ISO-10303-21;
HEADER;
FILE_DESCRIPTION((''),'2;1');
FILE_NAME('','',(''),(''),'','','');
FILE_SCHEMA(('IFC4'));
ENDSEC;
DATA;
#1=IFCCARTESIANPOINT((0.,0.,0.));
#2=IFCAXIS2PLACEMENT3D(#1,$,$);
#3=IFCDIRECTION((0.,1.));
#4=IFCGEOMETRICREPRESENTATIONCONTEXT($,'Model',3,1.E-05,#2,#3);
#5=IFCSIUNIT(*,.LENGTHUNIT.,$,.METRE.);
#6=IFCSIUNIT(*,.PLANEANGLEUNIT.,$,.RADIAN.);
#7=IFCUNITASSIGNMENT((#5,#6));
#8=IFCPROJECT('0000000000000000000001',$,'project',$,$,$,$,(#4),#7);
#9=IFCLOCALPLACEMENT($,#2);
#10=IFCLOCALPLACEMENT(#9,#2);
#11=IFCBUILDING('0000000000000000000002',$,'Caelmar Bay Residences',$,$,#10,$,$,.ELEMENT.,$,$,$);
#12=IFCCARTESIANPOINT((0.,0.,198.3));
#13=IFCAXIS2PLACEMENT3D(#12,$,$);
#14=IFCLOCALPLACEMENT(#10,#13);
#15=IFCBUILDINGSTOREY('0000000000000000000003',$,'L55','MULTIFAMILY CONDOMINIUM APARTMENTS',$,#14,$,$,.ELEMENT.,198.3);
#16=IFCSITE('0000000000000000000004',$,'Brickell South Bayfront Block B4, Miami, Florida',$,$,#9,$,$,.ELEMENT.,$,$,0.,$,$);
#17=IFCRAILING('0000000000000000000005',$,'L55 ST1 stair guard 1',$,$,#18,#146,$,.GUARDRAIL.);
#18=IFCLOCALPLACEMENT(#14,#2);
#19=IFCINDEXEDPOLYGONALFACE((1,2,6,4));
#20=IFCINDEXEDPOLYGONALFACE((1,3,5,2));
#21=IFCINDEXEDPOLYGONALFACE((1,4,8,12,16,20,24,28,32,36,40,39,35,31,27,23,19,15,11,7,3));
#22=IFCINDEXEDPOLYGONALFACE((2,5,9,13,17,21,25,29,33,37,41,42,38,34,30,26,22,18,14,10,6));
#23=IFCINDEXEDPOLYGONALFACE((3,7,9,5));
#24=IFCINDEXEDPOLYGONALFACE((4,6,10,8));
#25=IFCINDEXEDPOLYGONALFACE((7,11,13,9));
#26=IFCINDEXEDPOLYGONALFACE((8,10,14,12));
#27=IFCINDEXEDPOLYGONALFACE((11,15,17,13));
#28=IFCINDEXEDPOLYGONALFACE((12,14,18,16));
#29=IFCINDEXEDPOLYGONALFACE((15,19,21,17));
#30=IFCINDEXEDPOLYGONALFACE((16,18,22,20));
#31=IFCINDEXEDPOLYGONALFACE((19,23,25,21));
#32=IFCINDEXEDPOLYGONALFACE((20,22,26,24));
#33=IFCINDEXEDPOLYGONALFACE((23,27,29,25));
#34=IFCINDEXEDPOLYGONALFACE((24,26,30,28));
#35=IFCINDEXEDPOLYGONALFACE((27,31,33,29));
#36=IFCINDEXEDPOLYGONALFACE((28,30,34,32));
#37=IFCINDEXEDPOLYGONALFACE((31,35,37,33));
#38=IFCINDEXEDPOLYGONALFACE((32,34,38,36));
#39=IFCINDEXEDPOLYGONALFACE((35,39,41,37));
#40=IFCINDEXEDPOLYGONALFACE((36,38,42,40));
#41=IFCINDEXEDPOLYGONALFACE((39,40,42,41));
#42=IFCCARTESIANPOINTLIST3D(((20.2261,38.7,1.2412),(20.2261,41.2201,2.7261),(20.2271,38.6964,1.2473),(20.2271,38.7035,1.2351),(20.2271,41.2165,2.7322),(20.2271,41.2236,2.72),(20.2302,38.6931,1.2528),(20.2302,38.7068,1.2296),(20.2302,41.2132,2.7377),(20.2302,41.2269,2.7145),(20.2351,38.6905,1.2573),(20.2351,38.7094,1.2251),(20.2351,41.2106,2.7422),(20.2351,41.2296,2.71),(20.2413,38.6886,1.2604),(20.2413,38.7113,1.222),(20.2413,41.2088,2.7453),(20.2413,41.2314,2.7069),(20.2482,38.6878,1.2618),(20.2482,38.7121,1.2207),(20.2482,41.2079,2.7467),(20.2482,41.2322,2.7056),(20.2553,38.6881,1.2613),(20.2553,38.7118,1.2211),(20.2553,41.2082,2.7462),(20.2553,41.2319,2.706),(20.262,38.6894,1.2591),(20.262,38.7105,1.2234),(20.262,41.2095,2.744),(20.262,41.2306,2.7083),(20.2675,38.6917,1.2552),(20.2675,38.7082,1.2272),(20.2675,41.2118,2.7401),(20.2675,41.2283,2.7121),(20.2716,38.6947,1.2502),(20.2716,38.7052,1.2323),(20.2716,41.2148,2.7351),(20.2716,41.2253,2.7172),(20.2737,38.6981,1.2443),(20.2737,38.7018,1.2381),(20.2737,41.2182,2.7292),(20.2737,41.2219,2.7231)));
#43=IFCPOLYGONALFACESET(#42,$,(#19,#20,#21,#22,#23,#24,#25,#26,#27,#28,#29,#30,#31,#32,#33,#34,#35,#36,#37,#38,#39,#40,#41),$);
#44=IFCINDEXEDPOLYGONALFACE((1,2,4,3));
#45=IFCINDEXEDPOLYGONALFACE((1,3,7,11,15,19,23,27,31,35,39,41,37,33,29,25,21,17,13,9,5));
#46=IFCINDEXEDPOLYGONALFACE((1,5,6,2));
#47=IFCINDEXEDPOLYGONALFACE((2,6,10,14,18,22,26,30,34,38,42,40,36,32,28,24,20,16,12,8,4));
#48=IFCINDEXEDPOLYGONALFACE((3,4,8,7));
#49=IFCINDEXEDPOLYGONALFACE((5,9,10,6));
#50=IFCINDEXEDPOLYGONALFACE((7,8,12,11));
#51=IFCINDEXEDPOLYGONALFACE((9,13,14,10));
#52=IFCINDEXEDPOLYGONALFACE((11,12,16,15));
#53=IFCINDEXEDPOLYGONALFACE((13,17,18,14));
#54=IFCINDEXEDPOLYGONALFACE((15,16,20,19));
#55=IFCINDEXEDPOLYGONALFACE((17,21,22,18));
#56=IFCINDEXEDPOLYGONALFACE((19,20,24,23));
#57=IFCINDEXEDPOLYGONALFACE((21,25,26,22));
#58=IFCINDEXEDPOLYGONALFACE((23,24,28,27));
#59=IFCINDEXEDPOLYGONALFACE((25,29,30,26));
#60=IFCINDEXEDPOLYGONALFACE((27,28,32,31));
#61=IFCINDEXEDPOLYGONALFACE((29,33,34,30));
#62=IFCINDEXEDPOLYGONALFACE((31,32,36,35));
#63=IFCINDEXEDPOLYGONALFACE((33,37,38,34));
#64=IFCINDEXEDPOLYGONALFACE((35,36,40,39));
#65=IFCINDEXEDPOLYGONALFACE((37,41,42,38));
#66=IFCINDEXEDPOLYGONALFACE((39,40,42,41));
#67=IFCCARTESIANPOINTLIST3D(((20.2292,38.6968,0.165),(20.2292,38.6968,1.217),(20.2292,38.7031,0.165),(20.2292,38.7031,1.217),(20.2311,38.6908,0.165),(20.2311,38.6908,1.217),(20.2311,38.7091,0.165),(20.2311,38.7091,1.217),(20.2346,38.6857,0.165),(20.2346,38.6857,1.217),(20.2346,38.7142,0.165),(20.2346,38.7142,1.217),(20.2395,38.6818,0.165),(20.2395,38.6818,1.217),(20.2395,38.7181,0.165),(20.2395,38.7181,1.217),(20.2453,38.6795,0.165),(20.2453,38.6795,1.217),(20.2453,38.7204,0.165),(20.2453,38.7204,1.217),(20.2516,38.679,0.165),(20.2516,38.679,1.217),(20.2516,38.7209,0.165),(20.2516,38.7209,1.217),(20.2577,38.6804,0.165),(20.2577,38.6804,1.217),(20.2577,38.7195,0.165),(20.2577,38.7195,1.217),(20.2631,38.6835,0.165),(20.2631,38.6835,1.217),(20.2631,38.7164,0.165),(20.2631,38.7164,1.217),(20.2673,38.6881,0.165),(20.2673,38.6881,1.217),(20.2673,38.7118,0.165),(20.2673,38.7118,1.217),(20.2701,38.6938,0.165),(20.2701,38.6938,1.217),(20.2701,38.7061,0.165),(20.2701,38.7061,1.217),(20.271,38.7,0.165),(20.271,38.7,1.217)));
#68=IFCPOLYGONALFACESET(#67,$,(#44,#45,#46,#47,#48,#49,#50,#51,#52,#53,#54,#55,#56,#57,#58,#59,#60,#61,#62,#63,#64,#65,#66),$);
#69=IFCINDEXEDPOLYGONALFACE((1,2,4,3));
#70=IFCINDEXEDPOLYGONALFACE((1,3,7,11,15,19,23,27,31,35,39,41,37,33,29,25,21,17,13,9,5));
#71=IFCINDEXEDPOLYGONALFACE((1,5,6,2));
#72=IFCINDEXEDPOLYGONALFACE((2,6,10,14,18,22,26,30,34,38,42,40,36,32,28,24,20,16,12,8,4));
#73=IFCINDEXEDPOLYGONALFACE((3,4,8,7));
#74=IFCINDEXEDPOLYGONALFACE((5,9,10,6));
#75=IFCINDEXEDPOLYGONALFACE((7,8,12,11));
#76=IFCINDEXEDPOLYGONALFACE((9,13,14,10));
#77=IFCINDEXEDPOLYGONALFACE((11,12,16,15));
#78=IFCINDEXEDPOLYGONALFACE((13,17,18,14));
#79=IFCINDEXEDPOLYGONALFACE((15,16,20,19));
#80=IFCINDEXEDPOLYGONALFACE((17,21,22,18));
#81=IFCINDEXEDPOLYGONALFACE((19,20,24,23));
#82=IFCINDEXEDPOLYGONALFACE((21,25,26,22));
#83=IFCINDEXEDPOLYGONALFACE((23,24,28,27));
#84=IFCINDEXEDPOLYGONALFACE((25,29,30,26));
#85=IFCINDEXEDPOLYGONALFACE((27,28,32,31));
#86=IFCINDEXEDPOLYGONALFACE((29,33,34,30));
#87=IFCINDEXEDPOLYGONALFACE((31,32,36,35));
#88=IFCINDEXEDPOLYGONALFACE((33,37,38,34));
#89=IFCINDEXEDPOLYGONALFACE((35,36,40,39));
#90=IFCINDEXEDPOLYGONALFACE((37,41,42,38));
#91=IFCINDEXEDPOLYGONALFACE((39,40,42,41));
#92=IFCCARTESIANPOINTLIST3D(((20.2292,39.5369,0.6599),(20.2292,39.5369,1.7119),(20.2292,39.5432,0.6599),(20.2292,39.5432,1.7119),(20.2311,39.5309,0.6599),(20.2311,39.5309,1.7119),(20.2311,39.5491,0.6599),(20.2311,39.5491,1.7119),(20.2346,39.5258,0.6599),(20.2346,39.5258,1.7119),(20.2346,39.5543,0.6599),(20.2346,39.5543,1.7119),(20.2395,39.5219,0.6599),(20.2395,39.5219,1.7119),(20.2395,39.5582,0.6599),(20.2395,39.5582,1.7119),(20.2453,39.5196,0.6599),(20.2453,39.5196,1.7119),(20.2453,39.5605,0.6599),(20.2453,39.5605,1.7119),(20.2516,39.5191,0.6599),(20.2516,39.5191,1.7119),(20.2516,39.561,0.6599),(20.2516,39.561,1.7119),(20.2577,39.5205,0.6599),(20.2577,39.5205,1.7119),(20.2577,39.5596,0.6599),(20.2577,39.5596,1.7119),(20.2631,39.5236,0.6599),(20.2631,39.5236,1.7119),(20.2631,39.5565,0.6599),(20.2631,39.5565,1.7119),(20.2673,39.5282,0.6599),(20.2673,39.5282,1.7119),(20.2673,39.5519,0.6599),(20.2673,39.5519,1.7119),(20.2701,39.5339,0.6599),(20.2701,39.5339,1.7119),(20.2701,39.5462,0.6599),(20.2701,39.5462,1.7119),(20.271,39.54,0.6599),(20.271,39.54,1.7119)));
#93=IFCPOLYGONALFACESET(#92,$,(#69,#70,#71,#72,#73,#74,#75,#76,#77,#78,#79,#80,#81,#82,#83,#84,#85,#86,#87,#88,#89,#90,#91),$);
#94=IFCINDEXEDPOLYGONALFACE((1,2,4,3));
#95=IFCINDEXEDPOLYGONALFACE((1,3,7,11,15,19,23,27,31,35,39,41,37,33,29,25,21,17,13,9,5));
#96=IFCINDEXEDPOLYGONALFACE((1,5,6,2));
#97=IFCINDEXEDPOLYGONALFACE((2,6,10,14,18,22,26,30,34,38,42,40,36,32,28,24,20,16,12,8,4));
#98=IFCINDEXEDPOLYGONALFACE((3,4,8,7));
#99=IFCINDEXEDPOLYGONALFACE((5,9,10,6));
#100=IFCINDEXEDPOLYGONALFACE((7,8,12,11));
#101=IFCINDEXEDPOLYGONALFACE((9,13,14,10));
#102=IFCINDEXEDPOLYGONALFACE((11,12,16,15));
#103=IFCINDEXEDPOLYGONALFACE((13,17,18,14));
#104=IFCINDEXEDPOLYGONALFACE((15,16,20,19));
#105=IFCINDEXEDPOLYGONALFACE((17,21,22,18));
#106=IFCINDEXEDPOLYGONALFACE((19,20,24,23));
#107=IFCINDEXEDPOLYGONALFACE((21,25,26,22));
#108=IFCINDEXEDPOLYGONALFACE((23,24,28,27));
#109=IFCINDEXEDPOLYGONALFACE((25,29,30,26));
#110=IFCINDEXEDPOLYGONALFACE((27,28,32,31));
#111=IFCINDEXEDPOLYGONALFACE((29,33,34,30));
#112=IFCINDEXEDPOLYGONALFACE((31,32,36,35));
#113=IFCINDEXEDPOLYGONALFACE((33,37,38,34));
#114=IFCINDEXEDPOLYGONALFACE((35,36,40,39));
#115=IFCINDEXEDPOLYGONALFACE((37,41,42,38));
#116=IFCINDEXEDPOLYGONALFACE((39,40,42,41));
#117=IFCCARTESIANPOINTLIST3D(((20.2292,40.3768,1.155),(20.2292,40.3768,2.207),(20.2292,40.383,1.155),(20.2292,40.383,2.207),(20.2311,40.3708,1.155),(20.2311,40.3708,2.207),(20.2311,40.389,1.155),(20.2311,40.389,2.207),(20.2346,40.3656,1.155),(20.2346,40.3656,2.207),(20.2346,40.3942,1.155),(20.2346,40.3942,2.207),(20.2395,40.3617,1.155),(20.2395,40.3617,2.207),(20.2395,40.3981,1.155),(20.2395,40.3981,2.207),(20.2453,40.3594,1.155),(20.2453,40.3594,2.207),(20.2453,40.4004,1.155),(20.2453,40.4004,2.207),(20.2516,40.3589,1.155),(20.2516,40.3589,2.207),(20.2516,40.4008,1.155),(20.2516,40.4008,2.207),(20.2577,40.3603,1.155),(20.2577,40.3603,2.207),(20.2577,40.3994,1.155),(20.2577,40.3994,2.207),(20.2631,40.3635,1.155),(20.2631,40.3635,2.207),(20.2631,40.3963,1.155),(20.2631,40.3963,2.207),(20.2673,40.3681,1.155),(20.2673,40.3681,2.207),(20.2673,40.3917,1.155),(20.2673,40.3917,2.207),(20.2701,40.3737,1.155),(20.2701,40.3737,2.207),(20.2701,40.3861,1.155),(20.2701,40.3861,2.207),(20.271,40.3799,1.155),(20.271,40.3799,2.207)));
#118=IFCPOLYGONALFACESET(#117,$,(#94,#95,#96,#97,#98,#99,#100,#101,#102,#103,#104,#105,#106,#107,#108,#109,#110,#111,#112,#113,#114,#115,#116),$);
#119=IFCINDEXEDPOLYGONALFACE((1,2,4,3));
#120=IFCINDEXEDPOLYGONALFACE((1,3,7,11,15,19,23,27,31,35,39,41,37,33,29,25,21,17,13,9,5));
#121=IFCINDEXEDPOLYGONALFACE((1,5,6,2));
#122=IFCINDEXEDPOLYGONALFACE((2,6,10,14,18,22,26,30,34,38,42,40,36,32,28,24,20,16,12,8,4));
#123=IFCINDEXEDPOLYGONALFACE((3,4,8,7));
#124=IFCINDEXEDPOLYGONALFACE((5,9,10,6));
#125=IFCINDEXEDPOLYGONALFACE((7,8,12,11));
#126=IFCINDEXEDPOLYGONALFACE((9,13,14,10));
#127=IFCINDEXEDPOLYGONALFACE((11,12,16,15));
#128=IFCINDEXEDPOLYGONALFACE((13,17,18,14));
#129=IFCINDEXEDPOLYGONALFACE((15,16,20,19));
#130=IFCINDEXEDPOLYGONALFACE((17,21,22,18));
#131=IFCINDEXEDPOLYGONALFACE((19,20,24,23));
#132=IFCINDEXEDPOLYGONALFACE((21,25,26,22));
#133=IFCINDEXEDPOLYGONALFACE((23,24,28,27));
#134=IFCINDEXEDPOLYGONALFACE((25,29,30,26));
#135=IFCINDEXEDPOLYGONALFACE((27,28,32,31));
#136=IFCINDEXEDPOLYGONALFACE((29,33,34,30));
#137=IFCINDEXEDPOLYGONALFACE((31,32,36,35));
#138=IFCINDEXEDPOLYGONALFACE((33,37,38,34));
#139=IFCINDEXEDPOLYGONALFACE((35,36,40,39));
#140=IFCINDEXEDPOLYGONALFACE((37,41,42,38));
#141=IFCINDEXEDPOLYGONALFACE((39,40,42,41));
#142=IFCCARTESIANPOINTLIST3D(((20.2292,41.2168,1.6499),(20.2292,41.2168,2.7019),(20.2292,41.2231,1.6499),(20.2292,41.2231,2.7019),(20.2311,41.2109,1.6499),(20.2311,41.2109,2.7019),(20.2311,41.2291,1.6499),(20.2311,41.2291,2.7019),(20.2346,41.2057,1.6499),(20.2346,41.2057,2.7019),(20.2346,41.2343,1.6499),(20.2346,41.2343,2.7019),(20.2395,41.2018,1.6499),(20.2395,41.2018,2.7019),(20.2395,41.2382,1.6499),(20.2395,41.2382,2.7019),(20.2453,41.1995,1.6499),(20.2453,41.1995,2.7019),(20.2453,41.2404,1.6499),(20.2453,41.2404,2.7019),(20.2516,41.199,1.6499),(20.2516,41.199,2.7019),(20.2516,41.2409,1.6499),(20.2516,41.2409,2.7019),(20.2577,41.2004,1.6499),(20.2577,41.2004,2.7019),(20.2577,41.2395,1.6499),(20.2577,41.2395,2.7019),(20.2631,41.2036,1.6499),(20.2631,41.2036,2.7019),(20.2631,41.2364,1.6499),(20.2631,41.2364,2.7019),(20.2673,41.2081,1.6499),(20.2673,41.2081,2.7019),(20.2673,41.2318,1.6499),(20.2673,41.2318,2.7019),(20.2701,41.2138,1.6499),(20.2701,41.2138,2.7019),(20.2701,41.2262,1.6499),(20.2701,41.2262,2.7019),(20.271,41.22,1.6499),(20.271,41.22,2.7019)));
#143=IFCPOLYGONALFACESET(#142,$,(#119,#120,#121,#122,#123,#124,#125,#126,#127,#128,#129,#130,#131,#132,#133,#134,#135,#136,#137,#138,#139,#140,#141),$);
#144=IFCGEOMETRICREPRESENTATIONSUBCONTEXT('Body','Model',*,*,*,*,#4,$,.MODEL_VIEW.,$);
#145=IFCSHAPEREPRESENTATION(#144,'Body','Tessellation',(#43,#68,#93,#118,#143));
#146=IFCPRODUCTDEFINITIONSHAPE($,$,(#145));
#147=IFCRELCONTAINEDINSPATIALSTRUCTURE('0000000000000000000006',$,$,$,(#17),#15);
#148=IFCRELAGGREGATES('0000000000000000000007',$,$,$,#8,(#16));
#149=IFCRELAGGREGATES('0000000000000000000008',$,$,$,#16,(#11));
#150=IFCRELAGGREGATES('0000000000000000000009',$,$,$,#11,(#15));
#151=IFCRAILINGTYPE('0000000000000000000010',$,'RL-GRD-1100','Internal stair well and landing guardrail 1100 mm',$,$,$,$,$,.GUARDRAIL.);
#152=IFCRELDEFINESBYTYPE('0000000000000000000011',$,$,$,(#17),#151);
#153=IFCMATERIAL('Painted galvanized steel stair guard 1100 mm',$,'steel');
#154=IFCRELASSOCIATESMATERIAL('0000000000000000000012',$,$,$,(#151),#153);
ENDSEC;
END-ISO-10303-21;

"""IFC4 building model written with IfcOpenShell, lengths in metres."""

from ifc_helpers import new_model, si_unit, direction, frame, origin, origin_2d, place, context, subcontext, project, spatial, circle, extrude, material, type_object, element, save


model = new_model("IFC4")

# Units and contexts
model_context = context("Model", 3, precision=1e-05, world=origin(), true_north=direction((0.0, 1.0)))
body_context = subcontext(model_context, "Body", "Model", "MODEL_VIEW")
ifc_project = project(units=[si_unit("LENGTHUNIT", "METRE"), si_unit("PLANEANGLEUNIT", "RADIAN")], contexts=[model_context])

# Site, building, storey
site_placement = place(None, origin())
site = spatial("IfcSite", under=ifc_project, at=site_placement, Name="Brickell South Bayfront Block B4, Miami, Florida", CompositionType="ELEMENT", RefElevation=0.0)
building_placement = place(site_placement, origin())
building = spatial("IfcBuilding", under=site, at=building_placement, Name="Caelmar Bay Residences", CompositionType="ELEMENT")
storey_placement = place(building_placement, frame((0.0, 0.0, 198.3)))
storey = spatial("IfcBuildingStorey", under=building, at=storey_placement, Name="L55", Description="MULTIFAMILY CONDOMINIUM APARTMENTS", CompositionType="ELEMENT", Elevation=198.3)

# Railing
ifc_material_1 = material(Name="Painted galvanized steel stair guard 1100 mm", Category="steel")
railing_type_1 = type_object("IfcRailingType", Name="RL-GRD-1100", Description="Internal stair well and landing guardrail 1100 mm", PredefinedType="GUARDRAIL", material=ifc_material_1)
railing_1_placement = place(storey_placement, frame((20.25, 38.7, 0.165)))
element("IfcRailing", 1, at=railing_1_placement, inside=storey, type_object=railing_type_1, Name="L55 ST1 stair guard 1", PredefinedType="GUARDRAIL", context=body_context, shape_type="SweptSolid", body=[
    extrude(circle(Radius=0.0239, at=origin_2d()), frame((0.0, 0.0, 1.0762), z_axis=(0.0, 0.861561, 0.507655), x_axis=(-1.0, 0.0, 0.0)), (0.0, 0.0, 1.0), 2.925),
    extrude(circle(Radius=0.021, at=origin_2d()), origin(), (0.0, 0.0, 1.0), 1.052),
    extrude(circle(Radius=0.021, at=origin_2d()), frame((0.0, 0.8401, 0.4949)), (0.0, 0.0, 1.0), 1.052),
    extrude(circle(Radius=0.021, at=origin_2d()), frame((0.0, 1.6799, 0.99)), (0.0, 0.0, 1.0), 1.052),
    extrude(circle(Radius=0.021, at=origin_2d()), frame((0.0, 2.52, 1.4849)), (0.0, 0.0, 1.0), 1.052),
])

save(model, "model.ifc")
